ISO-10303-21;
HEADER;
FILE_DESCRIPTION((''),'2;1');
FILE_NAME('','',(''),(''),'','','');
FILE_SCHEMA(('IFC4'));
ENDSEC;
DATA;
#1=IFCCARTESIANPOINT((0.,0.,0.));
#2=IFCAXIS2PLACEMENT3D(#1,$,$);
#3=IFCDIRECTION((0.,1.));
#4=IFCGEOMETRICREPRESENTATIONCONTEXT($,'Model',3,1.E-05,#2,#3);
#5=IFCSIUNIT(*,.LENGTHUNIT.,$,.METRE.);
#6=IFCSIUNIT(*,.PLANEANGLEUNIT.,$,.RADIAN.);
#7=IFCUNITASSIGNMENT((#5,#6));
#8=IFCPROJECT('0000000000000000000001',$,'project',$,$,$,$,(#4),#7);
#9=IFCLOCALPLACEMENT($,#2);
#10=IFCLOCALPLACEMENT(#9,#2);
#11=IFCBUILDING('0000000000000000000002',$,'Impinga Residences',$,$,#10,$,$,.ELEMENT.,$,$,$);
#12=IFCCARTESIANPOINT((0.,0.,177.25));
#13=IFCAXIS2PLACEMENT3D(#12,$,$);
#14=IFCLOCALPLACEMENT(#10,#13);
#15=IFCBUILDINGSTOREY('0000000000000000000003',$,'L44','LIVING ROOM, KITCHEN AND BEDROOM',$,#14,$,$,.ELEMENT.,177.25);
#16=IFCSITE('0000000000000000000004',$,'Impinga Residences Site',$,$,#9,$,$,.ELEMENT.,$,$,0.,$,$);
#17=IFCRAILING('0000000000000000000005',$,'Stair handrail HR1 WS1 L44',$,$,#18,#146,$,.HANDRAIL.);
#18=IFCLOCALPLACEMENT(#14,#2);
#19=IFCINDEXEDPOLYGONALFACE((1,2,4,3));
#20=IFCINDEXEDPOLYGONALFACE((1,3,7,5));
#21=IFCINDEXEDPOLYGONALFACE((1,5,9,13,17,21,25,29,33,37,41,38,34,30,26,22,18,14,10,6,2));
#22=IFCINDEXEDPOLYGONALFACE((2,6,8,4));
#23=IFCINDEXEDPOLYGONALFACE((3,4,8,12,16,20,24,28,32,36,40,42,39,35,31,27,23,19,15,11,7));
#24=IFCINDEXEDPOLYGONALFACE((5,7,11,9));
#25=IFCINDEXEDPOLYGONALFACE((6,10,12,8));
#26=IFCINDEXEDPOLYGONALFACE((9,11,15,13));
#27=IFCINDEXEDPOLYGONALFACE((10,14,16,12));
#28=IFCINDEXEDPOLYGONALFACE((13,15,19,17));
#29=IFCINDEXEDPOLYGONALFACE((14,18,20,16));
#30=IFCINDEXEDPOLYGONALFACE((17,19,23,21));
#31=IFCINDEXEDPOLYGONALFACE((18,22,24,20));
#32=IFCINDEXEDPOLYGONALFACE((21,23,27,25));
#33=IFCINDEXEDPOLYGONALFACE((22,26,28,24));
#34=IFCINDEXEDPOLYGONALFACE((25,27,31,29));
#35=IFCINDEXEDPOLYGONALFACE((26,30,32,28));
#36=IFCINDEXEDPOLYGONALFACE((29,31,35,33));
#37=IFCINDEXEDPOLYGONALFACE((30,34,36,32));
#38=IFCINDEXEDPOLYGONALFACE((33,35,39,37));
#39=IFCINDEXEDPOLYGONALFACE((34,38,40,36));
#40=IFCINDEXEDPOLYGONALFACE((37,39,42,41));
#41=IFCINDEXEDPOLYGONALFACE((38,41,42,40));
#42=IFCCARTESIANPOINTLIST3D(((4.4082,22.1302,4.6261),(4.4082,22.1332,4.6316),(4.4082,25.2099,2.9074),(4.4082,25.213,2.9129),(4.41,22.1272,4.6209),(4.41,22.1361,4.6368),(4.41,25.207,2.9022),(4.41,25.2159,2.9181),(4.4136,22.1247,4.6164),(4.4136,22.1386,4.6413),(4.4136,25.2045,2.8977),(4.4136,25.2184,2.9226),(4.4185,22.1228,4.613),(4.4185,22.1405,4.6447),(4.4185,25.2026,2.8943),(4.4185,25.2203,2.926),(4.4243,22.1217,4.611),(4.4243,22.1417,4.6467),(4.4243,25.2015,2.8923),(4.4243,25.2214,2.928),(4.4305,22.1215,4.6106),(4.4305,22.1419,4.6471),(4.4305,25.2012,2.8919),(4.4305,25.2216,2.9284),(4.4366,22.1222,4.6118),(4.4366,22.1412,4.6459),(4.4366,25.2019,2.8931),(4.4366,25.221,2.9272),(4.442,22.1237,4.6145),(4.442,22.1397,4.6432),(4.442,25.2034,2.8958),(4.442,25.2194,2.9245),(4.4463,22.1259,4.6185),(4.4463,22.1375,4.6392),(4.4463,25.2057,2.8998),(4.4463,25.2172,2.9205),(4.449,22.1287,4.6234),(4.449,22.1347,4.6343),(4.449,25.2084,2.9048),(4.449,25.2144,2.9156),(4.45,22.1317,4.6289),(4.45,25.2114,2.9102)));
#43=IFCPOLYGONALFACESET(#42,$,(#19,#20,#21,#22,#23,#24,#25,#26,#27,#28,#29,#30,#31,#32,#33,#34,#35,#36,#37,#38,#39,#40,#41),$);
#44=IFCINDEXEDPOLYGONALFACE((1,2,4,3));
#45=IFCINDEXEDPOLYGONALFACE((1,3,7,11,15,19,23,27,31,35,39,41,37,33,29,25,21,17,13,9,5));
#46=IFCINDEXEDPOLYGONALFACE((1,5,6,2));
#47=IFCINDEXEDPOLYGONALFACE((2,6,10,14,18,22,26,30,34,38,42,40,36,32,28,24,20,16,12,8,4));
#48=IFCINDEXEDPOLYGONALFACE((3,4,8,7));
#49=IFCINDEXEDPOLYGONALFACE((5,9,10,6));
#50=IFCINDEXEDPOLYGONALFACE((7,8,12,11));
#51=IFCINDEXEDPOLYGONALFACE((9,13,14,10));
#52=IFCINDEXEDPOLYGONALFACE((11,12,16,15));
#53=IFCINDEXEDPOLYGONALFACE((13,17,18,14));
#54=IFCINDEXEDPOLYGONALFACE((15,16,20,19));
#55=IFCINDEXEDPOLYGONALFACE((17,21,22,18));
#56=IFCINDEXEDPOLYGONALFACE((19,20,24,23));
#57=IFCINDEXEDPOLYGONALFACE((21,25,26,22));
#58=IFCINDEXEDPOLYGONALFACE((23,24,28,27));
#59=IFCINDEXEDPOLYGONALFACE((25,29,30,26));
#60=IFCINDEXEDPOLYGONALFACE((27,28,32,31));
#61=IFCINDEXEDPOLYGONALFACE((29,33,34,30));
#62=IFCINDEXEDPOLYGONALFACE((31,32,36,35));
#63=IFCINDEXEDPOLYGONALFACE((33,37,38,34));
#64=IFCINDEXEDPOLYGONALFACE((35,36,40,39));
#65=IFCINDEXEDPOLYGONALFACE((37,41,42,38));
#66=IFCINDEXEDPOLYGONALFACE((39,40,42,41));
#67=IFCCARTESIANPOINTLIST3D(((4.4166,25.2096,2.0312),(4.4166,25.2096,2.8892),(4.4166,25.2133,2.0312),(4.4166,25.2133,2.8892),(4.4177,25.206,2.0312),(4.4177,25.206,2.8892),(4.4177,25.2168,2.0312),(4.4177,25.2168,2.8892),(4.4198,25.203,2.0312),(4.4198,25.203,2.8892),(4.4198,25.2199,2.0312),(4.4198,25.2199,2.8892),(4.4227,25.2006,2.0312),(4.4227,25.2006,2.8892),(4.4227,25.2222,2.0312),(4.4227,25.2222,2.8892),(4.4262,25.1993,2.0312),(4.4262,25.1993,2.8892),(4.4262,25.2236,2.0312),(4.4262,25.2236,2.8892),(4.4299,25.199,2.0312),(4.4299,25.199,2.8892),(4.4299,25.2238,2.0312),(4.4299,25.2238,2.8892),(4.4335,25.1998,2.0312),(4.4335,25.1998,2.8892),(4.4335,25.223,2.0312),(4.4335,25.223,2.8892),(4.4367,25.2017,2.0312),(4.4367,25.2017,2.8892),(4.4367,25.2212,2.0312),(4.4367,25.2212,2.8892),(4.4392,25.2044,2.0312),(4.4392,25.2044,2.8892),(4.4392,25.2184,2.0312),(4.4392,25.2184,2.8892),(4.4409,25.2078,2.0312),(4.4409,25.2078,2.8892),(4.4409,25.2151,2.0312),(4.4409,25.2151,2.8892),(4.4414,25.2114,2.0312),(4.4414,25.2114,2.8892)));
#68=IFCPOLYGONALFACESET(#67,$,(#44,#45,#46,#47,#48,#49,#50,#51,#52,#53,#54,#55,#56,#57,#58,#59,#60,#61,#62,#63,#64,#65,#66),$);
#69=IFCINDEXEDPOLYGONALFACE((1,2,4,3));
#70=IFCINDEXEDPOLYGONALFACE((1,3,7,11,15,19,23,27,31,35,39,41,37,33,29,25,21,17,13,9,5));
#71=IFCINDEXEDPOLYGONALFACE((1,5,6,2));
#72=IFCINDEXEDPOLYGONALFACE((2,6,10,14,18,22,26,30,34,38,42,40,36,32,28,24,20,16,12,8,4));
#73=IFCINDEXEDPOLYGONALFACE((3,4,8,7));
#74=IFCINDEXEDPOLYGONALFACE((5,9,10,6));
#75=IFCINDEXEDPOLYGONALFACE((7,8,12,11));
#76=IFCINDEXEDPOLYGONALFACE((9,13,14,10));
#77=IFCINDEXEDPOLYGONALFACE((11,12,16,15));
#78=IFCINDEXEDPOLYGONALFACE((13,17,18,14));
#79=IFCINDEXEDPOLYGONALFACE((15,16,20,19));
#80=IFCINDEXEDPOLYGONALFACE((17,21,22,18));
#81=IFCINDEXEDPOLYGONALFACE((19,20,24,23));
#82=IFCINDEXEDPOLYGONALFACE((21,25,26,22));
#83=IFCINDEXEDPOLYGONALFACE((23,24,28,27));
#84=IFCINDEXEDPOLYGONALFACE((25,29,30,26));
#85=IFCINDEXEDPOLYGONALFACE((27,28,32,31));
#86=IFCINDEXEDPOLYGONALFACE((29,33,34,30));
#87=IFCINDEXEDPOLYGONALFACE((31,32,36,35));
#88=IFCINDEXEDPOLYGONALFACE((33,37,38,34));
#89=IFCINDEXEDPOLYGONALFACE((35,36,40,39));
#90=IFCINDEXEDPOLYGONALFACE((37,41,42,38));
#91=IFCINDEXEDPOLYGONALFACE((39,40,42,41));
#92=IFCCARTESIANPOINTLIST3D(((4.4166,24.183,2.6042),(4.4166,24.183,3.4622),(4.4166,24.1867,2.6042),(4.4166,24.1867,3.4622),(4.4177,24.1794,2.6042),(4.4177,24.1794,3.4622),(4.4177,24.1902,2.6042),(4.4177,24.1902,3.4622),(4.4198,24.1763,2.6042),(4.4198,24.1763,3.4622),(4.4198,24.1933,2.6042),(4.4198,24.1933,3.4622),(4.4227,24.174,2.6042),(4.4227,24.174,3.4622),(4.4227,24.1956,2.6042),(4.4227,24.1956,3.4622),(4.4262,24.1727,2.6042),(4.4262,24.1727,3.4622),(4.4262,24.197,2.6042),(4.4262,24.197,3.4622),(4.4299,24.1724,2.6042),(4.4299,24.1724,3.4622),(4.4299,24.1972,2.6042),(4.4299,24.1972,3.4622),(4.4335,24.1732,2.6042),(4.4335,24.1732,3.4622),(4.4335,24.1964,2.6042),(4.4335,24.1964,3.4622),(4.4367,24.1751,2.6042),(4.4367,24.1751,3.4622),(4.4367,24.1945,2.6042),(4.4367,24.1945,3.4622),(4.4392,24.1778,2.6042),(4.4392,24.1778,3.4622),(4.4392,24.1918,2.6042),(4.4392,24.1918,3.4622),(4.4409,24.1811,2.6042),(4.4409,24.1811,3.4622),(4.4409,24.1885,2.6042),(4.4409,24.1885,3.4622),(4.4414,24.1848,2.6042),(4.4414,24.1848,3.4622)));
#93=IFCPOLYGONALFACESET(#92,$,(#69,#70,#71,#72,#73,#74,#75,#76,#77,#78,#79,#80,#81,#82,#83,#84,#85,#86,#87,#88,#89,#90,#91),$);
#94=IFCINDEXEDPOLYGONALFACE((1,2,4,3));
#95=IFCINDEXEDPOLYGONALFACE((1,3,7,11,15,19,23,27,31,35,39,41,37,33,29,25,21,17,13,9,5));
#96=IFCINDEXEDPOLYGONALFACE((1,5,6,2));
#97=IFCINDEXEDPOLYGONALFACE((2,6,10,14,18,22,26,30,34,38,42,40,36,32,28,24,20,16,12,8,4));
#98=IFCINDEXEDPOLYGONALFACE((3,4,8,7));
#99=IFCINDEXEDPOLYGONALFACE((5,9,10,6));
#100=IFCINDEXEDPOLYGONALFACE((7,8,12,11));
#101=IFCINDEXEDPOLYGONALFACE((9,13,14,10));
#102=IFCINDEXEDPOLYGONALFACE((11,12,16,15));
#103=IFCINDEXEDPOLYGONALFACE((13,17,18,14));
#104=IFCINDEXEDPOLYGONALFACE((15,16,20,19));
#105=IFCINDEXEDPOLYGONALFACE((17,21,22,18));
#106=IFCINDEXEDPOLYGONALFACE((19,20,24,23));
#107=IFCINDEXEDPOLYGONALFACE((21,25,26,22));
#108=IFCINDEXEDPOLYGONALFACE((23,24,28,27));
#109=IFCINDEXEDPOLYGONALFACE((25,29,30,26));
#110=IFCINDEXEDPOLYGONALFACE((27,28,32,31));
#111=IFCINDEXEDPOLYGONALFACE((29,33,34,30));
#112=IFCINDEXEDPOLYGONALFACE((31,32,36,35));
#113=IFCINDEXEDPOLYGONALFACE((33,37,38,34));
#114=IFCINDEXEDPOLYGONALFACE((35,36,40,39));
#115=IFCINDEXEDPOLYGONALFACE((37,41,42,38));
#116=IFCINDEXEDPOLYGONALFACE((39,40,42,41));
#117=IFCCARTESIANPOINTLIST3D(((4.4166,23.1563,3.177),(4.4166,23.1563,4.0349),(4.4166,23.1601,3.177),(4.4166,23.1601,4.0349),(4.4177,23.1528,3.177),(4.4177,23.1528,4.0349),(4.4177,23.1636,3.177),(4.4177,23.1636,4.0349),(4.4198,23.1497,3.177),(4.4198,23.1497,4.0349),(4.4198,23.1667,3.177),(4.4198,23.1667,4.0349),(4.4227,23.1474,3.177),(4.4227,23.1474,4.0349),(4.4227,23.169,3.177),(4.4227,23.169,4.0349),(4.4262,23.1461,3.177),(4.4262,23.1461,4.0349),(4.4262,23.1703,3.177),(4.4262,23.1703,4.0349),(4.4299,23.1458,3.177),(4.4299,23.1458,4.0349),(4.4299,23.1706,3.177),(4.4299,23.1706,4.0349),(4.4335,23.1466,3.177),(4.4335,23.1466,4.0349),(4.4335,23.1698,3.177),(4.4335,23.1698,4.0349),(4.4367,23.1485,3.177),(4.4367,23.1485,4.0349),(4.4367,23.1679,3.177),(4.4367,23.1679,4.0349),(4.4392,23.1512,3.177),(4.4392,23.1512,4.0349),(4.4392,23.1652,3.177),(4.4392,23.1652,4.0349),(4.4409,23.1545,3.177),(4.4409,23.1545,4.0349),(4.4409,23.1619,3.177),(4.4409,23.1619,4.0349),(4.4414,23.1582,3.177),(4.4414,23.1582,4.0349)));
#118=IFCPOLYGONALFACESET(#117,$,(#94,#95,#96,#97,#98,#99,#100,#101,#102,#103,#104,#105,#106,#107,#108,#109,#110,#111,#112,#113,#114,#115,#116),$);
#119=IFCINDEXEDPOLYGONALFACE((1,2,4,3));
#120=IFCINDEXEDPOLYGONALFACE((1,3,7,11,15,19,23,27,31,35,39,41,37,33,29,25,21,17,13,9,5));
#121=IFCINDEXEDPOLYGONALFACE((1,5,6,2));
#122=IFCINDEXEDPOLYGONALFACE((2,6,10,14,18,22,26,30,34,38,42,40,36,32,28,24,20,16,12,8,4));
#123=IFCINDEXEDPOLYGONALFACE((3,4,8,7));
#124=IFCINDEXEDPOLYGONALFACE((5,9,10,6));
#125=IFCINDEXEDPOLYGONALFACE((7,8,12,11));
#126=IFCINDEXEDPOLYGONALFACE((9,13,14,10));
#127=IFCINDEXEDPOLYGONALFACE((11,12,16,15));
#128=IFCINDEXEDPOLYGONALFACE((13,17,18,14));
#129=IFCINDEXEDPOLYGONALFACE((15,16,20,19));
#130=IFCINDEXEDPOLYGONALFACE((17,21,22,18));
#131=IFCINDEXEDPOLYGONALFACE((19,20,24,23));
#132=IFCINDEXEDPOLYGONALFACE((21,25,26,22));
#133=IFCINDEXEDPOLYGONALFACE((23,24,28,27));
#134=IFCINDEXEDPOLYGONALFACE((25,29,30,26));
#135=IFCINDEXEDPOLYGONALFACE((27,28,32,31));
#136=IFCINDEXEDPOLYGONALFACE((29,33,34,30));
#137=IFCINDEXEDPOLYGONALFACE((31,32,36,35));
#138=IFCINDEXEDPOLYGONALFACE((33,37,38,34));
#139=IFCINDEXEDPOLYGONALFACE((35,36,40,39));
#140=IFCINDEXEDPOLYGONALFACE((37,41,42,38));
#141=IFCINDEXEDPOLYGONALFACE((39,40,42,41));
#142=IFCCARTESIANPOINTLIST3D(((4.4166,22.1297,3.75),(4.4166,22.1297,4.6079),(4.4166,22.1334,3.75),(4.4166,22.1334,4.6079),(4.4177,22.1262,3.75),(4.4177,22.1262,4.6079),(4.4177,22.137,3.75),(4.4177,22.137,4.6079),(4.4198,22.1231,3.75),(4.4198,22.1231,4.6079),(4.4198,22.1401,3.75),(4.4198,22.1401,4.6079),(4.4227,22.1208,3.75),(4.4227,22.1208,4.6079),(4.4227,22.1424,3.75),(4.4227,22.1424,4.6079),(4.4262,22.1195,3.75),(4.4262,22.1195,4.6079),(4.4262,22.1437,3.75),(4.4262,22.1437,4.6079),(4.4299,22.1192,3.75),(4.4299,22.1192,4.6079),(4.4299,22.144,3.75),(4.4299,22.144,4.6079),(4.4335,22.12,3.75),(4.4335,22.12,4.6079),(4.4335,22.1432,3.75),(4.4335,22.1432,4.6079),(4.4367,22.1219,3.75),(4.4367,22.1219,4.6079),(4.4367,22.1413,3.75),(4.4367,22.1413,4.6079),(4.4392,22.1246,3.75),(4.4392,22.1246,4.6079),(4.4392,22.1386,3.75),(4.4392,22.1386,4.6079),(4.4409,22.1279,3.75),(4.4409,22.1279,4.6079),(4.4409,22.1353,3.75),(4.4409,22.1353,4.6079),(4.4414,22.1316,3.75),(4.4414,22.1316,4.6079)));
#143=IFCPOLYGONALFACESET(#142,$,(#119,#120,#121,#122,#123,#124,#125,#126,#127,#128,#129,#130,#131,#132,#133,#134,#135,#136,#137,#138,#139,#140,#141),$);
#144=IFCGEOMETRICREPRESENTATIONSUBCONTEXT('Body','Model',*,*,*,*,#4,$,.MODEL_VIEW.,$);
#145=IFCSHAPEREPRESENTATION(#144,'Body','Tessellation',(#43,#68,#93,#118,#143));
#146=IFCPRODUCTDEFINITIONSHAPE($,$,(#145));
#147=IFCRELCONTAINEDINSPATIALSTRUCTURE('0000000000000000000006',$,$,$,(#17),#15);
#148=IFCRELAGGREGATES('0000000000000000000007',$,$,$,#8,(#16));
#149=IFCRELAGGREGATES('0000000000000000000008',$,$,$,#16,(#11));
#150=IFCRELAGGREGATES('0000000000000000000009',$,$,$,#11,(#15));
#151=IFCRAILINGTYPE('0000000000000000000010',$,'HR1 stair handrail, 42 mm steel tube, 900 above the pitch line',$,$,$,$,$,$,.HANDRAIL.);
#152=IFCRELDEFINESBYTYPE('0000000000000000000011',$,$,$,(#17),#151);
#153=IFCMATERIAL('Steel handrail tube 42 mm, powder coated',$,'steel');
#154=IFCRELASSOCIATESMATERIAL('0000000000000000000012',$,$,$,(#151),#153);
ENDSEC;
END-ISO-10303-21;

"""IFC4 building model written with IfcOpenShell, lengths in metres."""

from ifc_helpers import new_model, si_unit, direction, frame, origin, origin_2d, place, context, subcontext, project, spatial, circle, extrude, material, type_object, element, save


model = new_model("IFC4")

# Units and contexts
model_context = context("Model", 3, precision=1e-05, world=origin(), true_north=direction((0.0, 1.0)))
body_context = subcontext(model_context, "Body", "Model", "MODEL_VIEW")
ifc_project = project(units=[si_unit("LENGTHUNIT", "METRE"), si_unit("PLANEANGLEUNIT", "RADIAN")], contexts=[model_context])

# Site, building, storey
site_placement = place(None, origin())
site = spatial("IfcSite", under=ifc_project, at=site_placement, Name="Impinga Residences Site", CompositionType="ELEMENT", RefElevation=0.0)
building_placement = place(site_placement, origin())
building = spatial("IfcBuilding", under=site, at=building_placement, Name="Impinga Residences", CompositionType="ELEMENT")
storey_placement = place(building_placement, frame((0.0, 0.0, 177.25)))
storey = spatial("IfcBuildingStorey", under=building, at=storey_placement, Name="L44", Description="LIVING ROOM, KITCHEN AND BEDROOM", CompositionType="ELEMENT", Elevation=177.25)

# Railing
ifc_material_1 = material(Name="Steel handrail tube 42 mm, powder coated", Category="steel")
railing_type = type_object("IfcRailingType", Name="HR1 stair handrail, 42 mm steel tube, 900 above the pitch line", PredefinedType="HANDRAIL", material=ifc_material_1)
railing_placement = place(storey_placement, frame((4.429, 25.2114, 2.0312)))
element("IfcRailing", 1, at=railing_placement, inside=storey, type_object=railing_type, Name="Stair handrail HR1 WS1 L44", PredefinedType="HANDRAIL", context=body_context, shape_type="SweptSolid", body=[
    extrude(circle(Radius=0.021, at=origin_2d()), frame((0.0, 0.0, 0.8789), z_axis=(0.0, -0.873225, 0.487317), x_axis=(1.0, 0.0, 0.0)), (0.0, 0.0, 1.0), 3.5269),
    extrude(circle(Radius=0.0125, at=origin_2d()), origin(), (0.0, 0.0, 1.0), 0.8579),
    extrude(circle(Radius=0.0125, at=origin_2d()), frame((0.0, -1.0266, 0.573)), (0.0, 0.0, 1.0), 0.8579),
    extrude(circle(Radius=0.0125, at=origin_2d()), frame((0.0, -2.0532, 1.1458)), (0.0, 0.0, 1.0), 0.8579),
    extrude(circle(Radius=0.0125, at=origin_2d()), frame((0.0, -3.0798, 1.7188)), (0.0, 0.0, 1.0), 0.8579),
])

save(model, "model.ifc")
